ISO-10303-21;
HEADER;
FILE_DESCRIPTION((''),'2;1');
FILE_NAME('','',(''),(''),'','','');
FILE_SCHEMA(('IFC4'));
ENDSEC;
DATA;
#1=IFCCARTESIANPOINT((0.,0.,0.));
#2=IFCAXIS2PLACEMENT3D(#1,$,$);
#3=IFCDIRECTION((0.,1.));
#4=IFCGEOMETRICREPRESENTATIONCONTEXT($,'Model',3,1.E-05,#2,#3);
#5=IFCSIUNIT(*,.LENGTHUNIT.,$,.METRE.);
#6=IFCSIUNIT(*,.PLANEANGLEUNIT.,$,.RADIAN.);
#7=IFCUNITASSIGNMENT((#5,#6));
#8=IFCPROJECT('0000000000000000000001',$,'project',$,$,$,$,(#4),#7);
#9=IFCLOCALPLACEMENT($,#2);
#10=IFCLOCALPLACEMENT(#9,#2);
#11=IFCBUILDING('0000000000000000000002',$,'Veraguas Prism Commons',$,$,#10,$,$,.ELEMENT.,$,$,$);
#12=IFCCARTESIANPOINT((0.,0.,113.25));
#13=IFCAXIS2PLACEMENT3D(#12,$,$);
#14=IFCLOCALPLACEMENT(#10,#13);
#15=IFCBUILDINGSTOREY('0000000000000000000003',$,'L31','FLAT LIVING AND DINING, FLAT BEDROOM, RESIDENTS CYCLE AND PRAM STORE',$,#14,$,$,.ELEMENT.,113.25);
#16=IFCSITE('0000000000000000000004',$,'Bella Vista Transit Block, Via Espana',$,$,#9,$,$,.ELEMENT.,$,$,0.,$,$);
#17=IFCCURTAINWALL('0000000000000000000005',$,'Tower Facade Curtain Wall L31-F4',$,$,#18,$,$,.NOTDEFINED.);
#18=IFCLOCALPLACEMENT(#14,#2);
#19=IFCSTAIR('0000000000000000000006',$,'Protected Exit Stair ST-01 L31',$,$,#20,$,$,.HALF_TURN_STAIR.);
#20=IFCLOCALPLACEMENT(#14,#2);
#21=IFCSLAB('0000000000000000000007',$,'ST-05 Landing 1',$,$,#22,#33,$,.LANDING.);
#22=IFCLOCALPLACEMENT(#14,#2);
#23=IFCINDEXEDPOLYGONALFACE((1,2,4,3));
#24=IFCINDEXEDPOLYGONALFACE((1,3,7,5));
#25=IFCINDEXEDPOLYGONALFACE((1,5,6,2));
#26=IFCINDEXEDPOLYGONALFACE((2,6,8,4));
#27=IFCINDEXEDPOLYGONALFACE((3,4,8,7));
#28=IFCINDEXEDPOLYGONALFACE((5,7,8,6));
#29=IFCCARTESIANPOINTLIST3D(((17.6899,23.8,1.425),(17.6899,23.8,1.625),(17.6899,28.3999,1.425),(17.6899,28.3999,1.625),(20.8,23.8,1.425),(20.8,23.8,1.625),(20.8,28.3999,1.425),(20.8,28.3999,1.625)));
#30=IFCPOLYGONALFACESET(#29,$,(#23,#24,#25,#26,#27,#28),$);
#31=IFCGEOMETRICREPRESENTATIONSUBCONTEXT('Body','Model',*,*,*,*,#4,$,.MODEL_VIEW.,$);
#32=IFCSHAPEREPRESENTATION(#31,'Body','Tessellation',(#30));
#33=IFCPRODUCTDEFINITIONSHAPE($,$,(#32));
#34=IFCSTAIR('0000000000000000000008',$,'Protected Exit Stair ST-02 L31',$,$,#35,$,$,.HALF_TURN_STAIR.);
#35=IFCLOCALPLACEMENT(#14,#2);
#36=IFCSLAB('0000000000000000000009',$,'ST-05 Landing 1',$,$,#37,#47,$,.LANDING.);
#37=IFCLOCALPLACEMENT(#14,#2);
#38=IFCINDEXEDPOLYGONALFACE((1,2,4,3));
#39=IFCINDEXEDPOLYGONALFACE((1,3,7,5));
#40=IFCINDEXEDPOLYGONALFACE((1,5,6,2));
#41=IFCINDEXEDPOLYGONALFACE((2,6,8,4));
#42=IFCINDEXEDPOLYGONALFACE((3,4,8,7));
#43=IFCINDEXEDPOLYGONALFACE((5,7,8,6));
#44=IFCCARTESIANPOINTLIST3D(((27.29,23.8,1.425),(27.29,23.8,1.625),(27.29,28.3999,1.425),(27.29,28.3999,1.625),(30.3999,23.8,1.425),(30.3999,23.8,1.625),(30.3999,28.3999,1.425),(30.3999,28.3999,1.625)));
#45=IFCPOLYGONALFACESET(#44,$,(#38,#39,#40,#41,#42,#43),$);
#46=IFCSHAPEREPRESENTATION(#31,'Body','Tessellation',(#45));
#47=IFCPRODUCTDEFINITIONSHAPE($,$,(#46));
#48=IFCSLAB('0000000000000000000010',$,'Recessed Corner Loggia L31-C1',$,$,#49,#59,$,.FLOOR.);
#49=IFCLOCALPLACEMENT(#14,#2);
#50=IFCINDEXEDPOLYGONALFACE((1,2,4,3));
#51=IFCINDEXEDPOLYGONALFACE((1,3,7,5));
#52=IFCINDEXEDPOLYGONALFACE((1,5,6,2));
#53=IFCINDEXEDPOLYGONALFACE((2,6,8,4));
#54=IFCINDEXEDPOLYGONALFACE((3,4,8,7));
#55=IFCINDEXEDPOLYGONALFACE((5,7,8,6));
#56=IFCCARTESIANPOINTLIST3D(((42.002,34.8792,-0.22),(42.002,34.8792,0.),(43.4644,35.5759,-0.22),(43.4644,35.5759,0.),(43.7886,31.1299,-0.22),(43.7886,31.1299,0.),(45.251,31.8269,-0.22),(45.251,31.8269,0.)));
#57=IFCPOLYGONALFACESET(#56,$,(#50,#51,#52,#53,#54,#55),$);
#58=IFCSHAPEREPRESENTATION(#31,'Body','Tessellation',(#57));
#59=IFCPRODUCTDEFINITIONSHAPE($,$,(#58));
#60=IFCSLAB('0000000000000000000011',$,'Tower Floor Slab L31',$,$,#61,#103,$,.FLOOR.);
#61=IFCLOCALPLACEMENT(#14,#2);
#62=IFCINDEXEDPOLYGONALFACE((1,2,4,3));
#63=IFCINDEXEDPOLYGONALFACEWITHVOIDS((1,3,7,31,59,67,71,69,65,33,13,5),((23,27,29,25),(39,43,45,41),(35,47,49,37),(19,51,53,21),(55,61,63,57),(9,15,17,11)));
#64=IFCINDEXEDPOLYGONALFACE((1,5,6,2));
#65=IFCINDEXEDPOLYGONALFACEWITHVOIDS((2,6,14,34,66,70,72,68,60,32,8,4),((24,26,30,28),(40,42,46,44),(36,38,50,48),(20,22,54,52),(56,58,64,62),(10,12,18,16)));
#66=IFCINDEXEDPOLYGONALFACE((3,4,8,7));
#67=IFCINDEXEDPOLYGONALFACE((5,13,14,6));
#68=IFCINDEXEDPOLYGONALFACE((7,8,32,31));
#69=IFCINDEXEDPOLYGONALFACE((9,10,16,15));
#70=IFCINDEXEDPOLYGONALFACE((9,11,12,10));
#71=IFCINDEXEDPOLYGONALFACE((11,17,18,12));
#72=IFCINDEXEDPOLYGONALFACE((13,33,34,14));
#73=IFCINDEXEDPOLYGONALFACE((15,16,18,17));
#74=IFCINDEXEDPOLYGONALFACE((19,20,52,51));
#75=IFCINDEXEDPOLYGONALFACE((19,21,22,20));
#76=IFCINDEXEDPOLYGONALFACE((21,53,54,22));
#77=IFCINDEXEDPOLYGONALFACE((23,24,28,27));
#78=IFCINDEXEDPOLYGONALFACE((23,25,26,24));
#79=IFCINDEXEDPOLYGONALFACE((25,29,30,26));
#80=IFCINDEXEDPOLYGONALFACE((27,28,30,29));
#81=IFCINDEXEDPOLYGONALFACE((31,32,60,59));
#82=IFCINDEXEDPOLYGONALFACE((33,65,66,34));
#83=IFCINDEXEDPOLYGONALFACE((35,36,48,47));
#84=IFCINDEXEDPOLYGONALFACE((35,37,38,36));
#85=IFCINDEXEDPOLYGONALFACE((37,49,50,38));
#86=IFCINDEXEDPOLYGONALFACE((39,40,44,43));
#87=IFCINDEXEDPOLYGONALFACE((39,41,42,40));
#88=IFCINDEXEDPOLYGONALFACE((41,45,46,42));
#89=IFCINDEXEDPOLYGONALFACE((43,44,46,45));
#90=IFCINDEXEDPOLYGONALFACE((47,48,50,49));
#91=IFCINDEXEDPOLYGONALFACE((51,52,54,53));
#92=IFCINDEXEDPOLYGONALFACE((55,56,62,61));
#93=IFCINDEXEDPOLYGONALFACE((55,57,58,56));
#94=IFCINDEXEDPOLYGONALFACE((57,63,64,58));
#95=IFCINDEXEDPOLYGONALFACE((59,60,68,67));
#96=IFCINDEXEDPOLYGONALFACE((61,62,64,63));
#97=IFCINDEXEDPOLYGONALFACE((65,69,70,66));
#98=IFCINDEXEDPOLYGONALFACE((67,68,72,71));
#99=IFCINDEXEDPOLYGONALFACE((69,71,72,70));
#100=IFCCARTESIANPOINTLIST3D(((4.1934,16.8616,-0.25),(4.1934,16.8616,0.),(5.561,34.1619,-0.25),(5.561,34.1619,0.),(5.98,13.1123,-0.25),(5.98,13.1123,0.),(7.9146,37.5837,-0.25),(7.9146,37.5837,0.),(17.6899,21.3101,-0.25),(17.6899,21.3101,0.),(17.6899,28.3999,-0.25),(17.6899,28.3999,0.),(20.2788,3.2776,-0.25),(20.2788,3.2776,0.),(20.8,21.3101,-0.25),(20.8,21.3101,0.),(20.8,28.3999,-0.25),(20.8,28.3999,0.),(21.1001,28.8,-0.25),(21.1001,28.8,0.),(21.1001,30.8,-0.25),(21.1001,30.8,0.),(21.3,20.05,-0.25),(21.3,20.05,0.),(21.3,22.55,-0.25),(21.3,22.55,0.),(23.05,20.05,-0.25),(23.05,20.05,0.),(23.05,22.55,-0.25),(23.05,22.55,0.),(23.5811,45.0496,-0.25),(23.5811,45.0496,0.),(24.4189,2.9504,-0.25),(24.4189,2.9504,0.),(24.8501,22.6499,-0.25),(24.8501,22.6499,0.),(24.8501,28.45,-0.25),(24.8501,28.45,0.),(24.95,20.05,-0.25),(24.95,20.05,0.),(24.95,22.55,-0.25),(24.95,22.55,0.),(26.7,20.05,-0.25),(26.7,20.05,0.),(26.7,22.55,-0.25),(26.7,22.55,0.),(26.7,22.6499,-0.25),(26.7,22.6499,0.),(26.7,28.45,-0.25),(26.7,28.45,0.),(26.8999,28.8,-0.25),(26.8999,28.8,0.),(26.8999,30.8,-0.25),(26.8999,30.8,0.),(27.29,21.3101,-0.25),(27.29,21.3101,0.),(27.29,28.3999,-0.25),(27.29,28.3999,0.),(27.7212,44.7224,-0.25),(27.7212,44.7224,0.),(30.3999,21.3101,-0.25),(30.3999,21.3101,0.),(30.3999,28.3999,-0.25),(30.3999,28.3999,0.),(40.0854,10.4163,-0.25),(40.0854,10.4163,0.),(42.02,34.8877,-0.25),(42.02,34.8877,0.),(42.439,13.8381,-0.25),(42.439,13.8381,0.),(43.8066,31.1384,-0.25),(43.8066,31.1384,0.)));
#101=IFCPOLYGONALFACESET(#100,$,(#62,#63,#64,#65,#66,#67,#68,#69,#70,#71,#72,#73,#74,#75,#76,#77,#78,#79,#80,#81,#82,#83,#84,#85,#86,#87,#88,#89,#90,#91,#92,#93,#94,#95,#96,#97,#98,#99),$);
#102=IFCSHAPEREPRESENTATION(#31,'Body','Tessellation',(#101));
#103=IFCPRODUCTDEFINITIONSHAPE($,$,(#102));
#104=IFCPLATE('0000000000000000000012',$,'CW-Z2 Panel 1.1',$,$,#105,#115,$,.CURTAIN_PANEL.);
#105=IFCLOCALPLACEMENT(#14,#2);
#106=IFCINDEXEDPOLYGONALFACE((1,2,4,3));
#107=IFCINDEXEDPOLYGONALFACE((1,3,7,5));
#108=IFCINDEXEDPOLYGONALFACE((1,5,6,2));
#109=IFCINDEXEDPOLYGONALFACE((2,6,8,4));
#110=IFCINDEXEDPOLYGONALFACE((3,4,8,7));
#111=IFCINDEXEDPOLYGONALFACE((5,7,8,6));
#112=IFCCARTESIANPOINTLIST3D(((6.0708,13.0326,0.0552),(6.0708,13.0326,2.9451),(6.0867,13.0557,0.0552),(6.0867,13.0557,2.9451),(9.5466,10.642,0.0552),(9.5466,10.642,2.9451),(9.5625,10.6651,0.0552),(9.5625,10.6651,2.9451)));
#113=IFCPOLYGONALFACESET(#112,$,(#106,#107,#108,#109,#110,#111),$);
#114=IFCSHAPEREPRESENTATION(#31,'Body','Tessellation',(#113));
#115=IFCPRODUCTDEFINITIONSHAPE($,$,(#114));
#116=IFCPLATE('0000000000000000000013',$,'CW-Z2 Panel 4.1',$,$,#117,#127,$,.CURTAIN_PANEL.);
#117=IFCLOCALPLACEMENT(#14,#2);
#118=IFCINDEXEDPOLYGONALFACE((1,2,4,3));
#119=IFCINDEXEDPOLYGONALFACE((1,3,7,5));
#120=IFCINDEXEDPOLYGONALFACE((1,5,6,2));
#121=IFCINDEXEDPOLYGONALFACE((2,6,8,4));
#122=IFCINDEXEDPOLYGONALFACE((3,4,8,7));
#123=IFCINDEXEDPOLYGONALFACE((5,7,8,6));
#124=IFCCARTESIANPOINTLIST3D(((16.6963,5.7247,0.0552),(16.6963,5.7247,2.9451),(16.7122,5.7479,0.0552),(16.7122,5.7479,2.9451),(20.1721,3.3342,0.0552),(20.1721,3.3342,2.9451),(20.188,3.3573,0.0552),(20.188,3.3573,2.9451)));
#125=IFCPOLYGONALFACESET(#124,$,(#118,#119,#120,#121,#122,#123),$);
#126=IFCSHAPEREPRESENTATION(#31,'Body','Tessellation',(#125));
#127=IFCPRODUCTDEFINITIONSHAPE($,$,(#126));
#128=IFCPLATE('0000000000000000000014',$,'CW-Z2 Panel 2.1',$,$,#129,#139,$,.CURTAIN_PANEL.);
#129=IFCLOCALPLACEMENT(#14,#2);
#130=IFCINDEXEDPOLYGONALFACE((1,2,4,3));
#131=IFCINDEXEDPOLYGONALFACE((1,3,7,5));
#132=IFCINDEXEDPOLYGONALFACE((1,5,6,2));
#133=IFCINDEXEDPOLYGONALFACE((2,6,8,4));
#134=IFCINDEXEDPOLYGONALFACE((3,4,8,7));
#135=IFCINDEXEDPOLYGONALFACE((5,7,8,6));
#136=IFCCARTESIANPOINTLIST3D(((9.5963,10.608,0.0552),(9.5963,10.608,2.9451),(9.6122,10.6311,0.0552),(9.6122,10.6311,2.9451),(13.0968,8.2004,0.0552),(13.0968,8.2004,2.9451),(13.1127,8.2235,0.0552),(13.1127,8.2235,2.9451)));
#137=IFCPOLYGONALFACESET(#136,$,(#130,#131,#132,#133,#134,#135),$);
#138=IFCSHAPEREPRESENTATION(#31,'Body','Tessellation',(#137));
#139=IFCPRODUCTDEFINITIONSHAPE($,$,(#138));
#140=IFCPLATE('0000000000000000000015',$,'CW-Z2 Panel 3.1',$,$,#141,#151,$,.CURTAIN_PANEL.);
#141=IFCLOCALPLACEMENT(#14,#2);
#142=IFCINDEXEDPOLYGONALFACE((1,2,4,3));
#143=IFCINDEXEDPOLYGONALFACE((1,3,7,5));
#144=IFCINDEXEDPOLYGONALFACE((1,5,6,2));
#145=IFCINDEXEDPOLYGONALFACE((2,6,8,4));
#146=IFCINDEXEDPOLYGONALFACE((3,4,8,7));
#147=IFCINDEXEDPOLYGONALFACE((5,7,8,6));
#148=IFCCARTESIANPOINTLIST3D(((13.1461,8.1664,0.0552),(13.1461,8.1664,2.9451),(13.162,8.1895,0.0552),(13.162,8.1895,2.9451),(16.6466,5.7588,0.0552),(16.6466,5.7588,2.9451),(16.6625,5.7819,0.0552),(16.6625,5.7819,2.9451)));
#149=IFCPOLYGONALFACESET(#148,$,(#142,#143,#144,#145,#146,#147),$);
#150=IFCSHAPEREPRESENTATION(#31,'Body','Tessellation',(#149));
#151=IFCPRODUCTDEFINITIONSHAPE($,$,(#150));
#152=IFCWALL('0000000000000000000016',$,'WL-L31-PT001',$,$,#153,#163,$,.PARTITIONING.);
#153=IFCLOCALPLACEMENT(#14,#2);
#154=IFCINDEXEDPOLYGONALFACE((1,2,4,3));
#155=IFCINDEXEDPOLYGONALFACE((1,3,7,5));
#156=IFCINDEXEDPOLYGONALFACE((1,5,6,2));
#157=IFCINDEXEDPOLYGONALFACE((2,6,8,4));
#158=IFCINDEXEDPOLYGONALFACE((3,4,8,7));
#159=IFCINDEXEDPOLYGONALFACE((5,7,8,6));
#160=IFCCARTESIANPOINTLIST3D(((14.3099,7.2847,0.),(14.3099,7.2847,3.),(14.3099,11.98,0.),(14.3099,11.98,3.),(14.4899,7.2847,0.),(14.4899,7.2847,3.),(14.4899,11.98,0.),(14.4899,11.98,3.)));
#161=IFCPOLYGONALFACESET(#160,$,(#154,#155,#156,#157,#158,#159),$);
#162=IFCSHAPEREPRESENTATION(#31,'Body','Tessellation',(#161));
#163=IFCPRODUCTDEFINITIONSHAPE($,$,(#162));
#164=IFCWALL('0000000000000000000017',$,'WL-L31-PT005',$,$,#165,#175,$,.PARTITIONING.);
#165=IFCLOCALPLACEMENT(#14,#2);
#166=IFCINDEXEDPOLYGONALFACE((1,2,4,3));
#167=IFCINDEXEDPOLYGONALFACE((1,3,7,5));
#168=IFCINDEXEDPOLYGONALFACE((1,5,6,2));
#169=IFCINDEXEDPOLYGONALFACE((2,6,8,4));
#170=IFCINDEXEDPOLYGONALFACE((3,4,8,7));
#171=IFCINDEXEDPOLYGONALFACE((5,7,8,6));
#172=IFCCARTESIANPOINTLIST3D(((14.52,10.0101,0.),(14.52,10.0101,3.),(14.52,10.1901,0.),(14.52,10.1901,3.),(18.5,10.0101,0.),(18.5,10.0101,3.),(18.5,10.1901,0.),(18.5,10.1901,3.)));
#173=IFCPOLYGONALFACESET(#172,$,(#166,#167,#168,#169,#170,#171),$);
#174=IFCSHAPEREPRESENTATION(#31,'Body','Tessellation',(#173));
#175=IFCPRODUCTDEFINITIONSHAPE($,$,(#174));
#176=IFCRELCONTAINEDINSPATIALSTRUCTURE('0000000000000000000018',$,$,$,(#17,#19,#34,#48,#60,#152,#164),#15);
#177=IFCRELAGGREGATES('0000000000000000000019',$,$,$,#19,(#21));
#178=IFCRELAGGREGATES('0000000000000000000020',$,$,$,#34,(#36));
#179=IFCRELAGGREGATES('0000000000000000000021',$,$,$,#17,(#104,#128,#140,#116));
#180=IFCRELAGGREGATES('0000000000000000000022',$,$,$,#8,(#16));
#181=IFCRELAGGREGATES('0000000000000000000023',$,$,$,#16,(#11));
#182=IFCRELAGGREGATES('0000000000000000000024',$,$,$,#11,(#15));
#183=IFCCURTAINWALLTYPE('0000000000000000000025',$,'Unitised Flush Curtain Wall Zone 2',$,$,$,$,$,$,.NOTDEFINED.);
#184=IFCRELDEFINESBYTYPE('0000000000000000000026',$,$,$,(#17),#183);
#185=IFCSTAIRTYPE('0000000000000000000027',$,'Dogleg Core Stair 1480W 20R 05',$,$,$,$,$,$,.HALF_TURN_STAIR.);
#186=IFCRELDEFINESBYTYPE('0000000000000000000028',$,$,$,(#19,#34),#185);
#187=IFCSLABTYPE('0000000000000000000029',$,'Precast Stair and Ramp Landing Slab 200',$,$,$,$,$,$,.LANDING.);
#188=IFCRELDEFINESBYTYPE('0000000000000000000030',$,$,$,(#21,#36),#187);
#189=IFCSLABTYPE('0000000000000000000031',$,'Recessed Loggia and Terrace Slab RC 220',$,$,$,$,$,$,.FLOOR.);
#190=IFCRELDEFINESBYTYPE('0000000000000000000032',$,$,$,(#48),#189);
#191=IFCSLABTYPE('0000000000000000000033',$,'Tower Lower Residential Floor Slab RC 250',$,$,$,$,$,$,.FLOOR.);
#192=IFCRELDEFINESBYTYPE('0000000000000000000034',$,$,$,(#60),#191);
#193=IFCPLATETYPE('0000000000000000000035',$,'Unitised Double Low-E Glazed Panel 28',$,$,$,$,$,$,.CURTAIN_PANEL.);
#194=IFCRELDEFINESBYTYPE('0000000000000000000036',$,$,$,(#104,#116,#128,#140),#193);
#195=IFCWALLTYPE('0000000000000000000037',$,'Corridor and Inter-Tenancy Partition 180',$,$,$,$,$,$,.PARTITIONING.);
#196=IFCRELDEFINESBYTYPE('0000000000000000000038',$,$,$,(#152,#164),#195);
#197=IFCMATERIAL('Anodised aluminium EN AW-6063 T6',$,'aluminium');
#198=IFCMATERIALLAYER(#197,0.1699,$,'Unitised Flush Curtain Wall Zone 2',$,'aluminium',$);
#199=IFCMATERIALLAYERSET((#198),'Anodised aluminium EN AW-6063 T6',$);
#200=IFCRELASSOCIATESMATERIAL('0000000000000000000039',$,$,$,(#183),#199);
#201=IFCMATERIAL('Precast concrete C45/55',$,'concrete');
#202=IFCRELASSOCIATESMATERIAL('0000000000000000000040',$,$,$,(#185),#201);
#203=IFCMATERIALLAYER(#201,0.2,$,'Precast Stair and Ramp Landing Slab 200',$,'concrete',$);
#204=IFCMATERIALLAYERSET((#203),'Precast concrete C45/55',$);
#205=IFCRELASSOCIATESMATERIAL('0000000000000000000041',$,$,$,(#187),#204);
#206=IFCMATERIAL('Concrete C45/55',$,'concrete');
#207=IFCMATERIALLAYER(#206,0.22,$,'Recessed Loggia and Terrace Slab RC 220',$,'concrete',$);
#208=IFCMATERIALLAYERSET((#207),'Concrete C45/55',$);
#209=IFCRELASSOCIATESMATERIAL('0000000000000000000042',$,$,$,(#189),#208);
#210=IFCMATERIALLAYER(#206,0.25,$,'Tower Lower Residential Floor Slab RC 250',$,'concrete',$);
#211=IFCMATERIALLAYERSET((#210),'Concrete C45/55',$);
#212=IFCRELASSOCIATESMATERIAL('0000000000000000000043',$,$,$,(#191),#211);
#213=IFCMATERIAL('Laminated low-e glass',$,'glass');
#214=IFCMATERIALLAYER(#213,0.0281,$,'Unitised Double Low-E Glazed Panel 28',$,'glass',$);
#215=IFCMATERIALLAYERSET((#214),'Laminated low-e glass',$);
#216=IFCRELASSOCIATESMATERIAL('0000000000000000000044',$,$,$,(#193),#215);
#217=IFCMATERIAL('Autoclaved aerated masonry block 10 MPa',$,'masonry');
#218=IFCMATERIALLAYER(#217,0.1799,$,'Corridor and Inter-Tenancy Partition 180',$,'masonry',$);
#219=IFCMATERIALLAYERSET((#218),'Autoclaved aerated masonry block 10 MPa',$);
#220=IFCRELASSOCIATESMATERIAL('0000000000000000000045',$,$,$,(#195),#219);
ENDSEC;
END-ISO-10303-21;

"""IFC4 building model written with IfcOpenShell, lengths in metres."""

from ifc_helpers import new_model, si_unit, direction, frame, frame_2d, origin, origin_2d, place, context, subcontext, project, spatial, polyline, rectangle, outline, extrude, source, transform, mapped, material, layer, layer_set, type_object, element, aggregate, save


model = new_model("IFC4")

# Units and contexts
model_context = context("Model", 3, precision=1e-05, world=origin(), true_north=direction((0.0, 1.0)))
body_context = subcontext(model_context, "Body", "Model", "MODEL_VIEW")
ifc_project = project(units=[si_unit("LENGTHUNIT", "METRE"), si_unit("PLANEANGLEUNIT", "RADIAN")], contexts=[model_context])

# Site, building, storey
site_placement = place(None, origin())
site = spatial("IfcSite", under=ifc_project, at=site_placement, Name="Bella Vista Transit Block, Via Espana", CompositionType="ELEMENT", RefElevation=0.0)
building_placement = place(site_placement, origin())
building = spatial("IfcBuilding", under=site, at=building_placement, Name="Veraguas Prism Commons", CompositionType="ELEMENT")
storey_placement = place(building_placement, frame((0.0, 0.0, 113.25)))
storey = spatial("IfcBuildingStorey", under=building, at=storey_placement, Name="L31", Description="FLAT LIVING AND DINING, FLAT BEDROOM, RESIDENTS CYCLE AND PRAM STORE", CompositionType="ELEMENT", Elevation=113.25)

# Curtain wall
ifc_material_1 = material(Name="Anodised aluminium EN AW-6063 T6", Category="aluminium")
ifc_layer_1 = layer(ifc_material_1, 0.1699, Name="Unitised Flush Curtain Wall Zone 2", Category="aluminium")
ifc_layer_set_1 = layer_set([ifc_layer_1], Name="Anodised aluminium EN AW-6063 T6")
curtain_wall_type = type_object("IfcCurtainWallType", Name="Unitised Flush Curtain Wall Zone 2", PredefinedType="NOTDEFINED", material=ifc_layer_set_1)
curtain_wall_1_placement = place(storey_placement, origin())
curtain_wall_1 = element("IfcCurtainWall", 1, at=curtain_wall_1_placement, inside=storey, type_object=curtain_wall_type, Name="Tower Facade Curtain Wall L31-F4", PredefinedType="NOTDEFINED")

# Stairs, slabs
ifc_material_2 = material(Name="Precast concrete C45/55", Category="concrete")
stair_type = type_object("IfcStairType", Name="Dogleg Core Stair 1480W 20R 05", PredefinedType="HALF_TURN_STAIR", material=ifc_material_2)
stair_1_placement = place(storey_placement, origin())
stair_1 = element("IfcStair", 2, at=stair_1_placement, inside=storey, type_object=stair_type, Name="Protected Exit Stair ST-01 L31", PredefinedType="HALF_TURN_STAIR")
ifc_layer_2 = layer(ifc_material_2, 0.2, Name="Precast Stair and Ramp Landing Slab 200", Category="concrete")
ifc_layer_set_2 = layer_set([ifc_layer_2], Name="Precast concrete C45/55")
slab_type_1 = type_object("IfcSlabType", Name="Precast Stair and Ramp Landing Slab 200", PredefinedType="LANDING", material=ifc_layer_set_2)
slab_1_placement = place(storey_placement, frame((0.0, 0.0, 1.425)))
slab_1 = element("IfcSlab", 3, at=slab_1_placement, type_object=slab_type_1, Name="ST-05 Landing 1", PredefinedType="LANDING", context=body_context, shape_type="SweptSolid", body=[
    extrude(outline(polyline([(20.8, 23.8), (20.8, 28.3999), (17.6899, 28.3999), (17.6899, 23.8), (20.8, 23.8)])), origin(), (0.0, 0.0, 1.0), 0.2),
])
aggregate(stair_1, [slab_1])
stair_2_placement = place(storey_placement, origin())
stair_2 = element("IfcStair", 4, at=stair_2_placement, inside=storey, type_object=stair_type, Name="Protected Exit Stair ST-02 L31", PredefinedType="HALF_TURN_STAIR")
slab_2_placement = place(storey_placement, frame((0.0, 0.0, 1.425)))
slab_2 = element("IfcSlab", 5, at=slab_2_placement, type_object=slab_type_1, Name="ST-05 Landing 1", PredefinedType="LANDING", context=body_context, shape_type="SweptSolid", body=[
    extrude(outline(polyline([(30.3999, 23.8), (30.3999, 28.3999), (27.29, 28.3999), (27.29, 23.8), (30.3999, 23.8)])), origin(), (0.0, 0.0, 1.0), 0.2),
])
aggregate(stair_2, [slab_2])

# Slabs
ifc_material_3 = material(Name="Concrete C45/55", Category="concrete")
ifc_layer_3 = layer(ifc_material_3, 0.22, Name="Recessed Loggia and Terrace Slab RC 220", Category="concrete")
ifc_layer_set_3 = layer_set([ifc_layer_3], Name="Concrete C45/55")
slab_type_2 = type_object("IfcSlabType", Name="Recessed Loggia and Terrace Slab RC 220", PredefinedType="FLOOR", material=ifc_layer_set_3)
slab_3_placement = place(storey_placement, frame((0.0, 0.0, -0.22)))
element("IfcSlab", 6, at=slab_3_placement, inside=storey, type_object=slab_type_2, Name="Recessed Corner Loggia L31-C1", PredefinedType="FLOOR", context=body_context, shape_type="SweptSolid", body=[
    extrude(outline(polyline([(43.7886, 31.1299), (45.251, 31.8269), (43.4644, 35.5759), (42.002, 34.8792), (43.7886, 31.1299)])), origin(), (0.0, 0.0, 1.0), 0.22),
])
ifc_layer_4 = layer(ifc_material_3, 0.25, Name="Tower Lower Residential Floor Slab RC 250", Category="concrete")
ifc_layer_set_4 = layer_set([ifc_layer_4], Name="Concrete C45/55")
slab_type_3 = type_object("IfcSlabType", Name="Tower Lower Residential Floor Slab RC 250", PredefinedType="FLOOR", material=ifc_layer_set_4)
slab_4_placement = place(storey_placement, frame((0.0, 0.0, -0.25)))
element("IfcSlab", 7, at=slab_4_placement, inside=storey, type_object=slab_type_3, Name="Tower Floor Slab L31", PredefinedType="FLOOR", context=body_context, shape_type="SweptSolid", body=[
    extrude(outline(polyline([(43.8066, 31.1384), (42.02, 34.8877), (27.7212, 44.7224), (23.5811, 45.0496), (7.9146, 37.5837), (5.561, 34.1619), (4.1934, 16.8616), (5.98, 13.1123), (20.2788, 3.2776), (24.4189, 2.9504), (40.0854, 10.4163), (42.439, 13.8381), (43.8066, 31.1384)]), holes=[polyline([(20.8, 21.3101), (20.8, 28.3999), (17.6899, 28.3999), (17.6899, 21.3101), (20.8, 21.3101)]), polyline([(30.3999, 21.3101), (30.3999, 28.3999), (27.29, 28.3999), (27.29, 21.3101), (30.3999, 21.3101)]), polyline([(24.8501, 22.6499), (26.7, 22.6499), (26.7, 28.45), (24.8501, 28.45), (24.8501, 22.6499)]), polyline([(21.1001, 28.8), (26.8999, 28.8), (26.8999, 30.8), (21.1001, 30.8), (21.1001, 28.8)]), polyline([(21.3, 20.05), (23.05, 20.05), (23.05, 22.55), (21.3, 22.55), (21.3, 20.05)]), polyline([(24.95, 20.05), (26.7, 20.05), (26.7, 22.55), (24.95, 22.55), (24.95, 20.05)])]), origin(), (0.0, 0.0, 1.0), 0.25),
])

# Plates
ifc_material_4 = material(Name="Laminated low-e glass", Category="glass")
ifc_layer_5 = layer(ifc_material_4, 0.0281, Name="Unitised Double Low-E Glazed Panel 28", Category="glass")
ifc_layer_set_5 = layer_set([ifc_layer_5], Name="Laminated low-e glass")
plate_type = type_object("IfcPlateType", Name="Unitised Double Low-E Glazed Panel 28", PredefinedType="CURTAIN_PANEL", material=ifc_layer_set_5)
shared_shape_1 = source(origin(), body_context, "Body", "SweptSolid", [
    extrude(rectangle(XDim=4.2185, YDim=0.0281, at=origin_2d()), origin(), (0.0, 0.0, 1.0), 2.8899),
])
plate_1_placement = place(storey_placement, frame((7.8167, 11.8489, 0.0552), z_axis=(0.0, 0.0, 1.0), x_axis=(0.82393, -0.566691, 0.0)))
plate_1 = element("IfcPlate", 8, at=plate_1_placement, type_object=plate_type, Name="CW-Z2 Panel 1.1", PredefinedType="CURTAIN_PANEL", context=body_context, shape_type="MappedRepresentation", body=[
    mapped(shared_shape_1, transform((0.0, 0.0, 0.0), scale=1.0)),
])
plate_2_placement = place(storey_placement, frame((18.4421, 4.541, 0.0552), z_axis=(0.0, 0.0, 1.0), x_axis=(0.82393, -0.566691, 0.0)))
plate_2 = element("IfcPlate", 9, at=plate_2_placement, type_object=plate_type, Name="CW-Z2 Panel 4.1", PredefinedType="CURTAIN_PANEL", context=body_context, shape_type="MappedRepresentation", body=[
    mapped(shared_shape_1, transform((0.0, 0.0, 0.0), scale=1.0)),
])
shared_shape_2 = source(origin(), body_context, "Body", "SweptSolid", [
    extrude(rectangle(XDim=4.2485, YDim=0.0281, at=origin_2d()), origin(), (0.0, 0.0, 1.0), 2.8899),
])
plate_3_placement = place(storey_placement, frame((11.3545, 9.4158, 0.0552), z_axis=(0.0, 0.0, 1.0), x_axis=(0.82393, -0.566691, 0.0)))
plate_3 = element("IfcPlate", 10, at=plate_3_placement, type_object=plate_type, Name="CW-Z2 Panel 2.1", PredefinedType="CURTAIN_PANEL", context=body_context, shape_type="MappedRepresentation", body=[
    mapped(shared_shape_2, transform((0.0, 0.0, 0.0), scale=1.0)),
])
plate_4_placement = place(storey_placement, frame((14.9043, 6.9741, 0.0552), z_axis=(0.0, 0.0, 1.0), x_axis=(0.82393, -0.566691, 0.0)))
plate_4 = element("IfcPlate", 11, at=plate_4_placement, type_object=plate_type, Name="CW-Z2 Panel 3.1", PredefinedType="CURTAIN_PANEL", context=body_context, shape_type="MappedRepresentation", body=[
    mapped(shared_shape_2, transform((0.0, 0.0, 0.0), scale=1.0)),
])
aggregate(curtain_wall_1, [plate_1, plate_3, plate_4, plate_2])

# Walls
ifc_material_5 = material(Name="Autoclaved aerated masonry block 10 MPa", Category="masonry")
ifc_layer_6 = layer(ifc_material_5, 0.1799, Name="Corridor and Inter-Tenancy Partition 180", Category="masonry")
ifc_layer_set_6 = layer_set([ifc_layer_6], Name="Autoclaved aerated masonry block 10 MPa")
wall_type_1 = type_object("IfcWallType", Name="Corridor and Inter-Tenancy Partition 180", PredefinedType="PARTITIONING", material=ifc_layer_set_6)
wall_1_placement = place(storey_placement, frame((14.3999, 11.98, 0.0), z_axis=(0.0, 0.0, 1.0), x_axis=(0.0, -1.0, 0.0)))
element("IfcWall", 12, at=wall_1_placement, inside=storey, type_object=wall_type_1, Name="WL-L31-PT001", PredefinedType="PARTITIONING", context=body_context, shape_type="SweptSolid", body=[
    extrude(rectangle(XDim=4.6953, YDim=0.1799, at=frame_2d((2.3477, 0.0))), origin(), (0.0, 0.0, 1.0), 3.0),
])
wall_2_placement = place(storey_placement, frame((14.52, 10.1001, 0.0), z_axis=(0.0, 0.0, 1.0), x_axis=(1.0, 0.0, 0.0)))
element("IfcWall", 13, at=wall_2_placement, inside=storey, type_object=wall_type_1, Name="WL-L31-PT005", PredefinedType="PARTITIONING", context=body_context, shape_type="SweptSolid", body=[
    extrude(rectangle(XDim=3.98, YDim=0.1799, at=frame_2d((1.99, 0.0))), origin(), (0.0, 0.0, 1.0), 3.0),
])

save(model, "model.ifc")
